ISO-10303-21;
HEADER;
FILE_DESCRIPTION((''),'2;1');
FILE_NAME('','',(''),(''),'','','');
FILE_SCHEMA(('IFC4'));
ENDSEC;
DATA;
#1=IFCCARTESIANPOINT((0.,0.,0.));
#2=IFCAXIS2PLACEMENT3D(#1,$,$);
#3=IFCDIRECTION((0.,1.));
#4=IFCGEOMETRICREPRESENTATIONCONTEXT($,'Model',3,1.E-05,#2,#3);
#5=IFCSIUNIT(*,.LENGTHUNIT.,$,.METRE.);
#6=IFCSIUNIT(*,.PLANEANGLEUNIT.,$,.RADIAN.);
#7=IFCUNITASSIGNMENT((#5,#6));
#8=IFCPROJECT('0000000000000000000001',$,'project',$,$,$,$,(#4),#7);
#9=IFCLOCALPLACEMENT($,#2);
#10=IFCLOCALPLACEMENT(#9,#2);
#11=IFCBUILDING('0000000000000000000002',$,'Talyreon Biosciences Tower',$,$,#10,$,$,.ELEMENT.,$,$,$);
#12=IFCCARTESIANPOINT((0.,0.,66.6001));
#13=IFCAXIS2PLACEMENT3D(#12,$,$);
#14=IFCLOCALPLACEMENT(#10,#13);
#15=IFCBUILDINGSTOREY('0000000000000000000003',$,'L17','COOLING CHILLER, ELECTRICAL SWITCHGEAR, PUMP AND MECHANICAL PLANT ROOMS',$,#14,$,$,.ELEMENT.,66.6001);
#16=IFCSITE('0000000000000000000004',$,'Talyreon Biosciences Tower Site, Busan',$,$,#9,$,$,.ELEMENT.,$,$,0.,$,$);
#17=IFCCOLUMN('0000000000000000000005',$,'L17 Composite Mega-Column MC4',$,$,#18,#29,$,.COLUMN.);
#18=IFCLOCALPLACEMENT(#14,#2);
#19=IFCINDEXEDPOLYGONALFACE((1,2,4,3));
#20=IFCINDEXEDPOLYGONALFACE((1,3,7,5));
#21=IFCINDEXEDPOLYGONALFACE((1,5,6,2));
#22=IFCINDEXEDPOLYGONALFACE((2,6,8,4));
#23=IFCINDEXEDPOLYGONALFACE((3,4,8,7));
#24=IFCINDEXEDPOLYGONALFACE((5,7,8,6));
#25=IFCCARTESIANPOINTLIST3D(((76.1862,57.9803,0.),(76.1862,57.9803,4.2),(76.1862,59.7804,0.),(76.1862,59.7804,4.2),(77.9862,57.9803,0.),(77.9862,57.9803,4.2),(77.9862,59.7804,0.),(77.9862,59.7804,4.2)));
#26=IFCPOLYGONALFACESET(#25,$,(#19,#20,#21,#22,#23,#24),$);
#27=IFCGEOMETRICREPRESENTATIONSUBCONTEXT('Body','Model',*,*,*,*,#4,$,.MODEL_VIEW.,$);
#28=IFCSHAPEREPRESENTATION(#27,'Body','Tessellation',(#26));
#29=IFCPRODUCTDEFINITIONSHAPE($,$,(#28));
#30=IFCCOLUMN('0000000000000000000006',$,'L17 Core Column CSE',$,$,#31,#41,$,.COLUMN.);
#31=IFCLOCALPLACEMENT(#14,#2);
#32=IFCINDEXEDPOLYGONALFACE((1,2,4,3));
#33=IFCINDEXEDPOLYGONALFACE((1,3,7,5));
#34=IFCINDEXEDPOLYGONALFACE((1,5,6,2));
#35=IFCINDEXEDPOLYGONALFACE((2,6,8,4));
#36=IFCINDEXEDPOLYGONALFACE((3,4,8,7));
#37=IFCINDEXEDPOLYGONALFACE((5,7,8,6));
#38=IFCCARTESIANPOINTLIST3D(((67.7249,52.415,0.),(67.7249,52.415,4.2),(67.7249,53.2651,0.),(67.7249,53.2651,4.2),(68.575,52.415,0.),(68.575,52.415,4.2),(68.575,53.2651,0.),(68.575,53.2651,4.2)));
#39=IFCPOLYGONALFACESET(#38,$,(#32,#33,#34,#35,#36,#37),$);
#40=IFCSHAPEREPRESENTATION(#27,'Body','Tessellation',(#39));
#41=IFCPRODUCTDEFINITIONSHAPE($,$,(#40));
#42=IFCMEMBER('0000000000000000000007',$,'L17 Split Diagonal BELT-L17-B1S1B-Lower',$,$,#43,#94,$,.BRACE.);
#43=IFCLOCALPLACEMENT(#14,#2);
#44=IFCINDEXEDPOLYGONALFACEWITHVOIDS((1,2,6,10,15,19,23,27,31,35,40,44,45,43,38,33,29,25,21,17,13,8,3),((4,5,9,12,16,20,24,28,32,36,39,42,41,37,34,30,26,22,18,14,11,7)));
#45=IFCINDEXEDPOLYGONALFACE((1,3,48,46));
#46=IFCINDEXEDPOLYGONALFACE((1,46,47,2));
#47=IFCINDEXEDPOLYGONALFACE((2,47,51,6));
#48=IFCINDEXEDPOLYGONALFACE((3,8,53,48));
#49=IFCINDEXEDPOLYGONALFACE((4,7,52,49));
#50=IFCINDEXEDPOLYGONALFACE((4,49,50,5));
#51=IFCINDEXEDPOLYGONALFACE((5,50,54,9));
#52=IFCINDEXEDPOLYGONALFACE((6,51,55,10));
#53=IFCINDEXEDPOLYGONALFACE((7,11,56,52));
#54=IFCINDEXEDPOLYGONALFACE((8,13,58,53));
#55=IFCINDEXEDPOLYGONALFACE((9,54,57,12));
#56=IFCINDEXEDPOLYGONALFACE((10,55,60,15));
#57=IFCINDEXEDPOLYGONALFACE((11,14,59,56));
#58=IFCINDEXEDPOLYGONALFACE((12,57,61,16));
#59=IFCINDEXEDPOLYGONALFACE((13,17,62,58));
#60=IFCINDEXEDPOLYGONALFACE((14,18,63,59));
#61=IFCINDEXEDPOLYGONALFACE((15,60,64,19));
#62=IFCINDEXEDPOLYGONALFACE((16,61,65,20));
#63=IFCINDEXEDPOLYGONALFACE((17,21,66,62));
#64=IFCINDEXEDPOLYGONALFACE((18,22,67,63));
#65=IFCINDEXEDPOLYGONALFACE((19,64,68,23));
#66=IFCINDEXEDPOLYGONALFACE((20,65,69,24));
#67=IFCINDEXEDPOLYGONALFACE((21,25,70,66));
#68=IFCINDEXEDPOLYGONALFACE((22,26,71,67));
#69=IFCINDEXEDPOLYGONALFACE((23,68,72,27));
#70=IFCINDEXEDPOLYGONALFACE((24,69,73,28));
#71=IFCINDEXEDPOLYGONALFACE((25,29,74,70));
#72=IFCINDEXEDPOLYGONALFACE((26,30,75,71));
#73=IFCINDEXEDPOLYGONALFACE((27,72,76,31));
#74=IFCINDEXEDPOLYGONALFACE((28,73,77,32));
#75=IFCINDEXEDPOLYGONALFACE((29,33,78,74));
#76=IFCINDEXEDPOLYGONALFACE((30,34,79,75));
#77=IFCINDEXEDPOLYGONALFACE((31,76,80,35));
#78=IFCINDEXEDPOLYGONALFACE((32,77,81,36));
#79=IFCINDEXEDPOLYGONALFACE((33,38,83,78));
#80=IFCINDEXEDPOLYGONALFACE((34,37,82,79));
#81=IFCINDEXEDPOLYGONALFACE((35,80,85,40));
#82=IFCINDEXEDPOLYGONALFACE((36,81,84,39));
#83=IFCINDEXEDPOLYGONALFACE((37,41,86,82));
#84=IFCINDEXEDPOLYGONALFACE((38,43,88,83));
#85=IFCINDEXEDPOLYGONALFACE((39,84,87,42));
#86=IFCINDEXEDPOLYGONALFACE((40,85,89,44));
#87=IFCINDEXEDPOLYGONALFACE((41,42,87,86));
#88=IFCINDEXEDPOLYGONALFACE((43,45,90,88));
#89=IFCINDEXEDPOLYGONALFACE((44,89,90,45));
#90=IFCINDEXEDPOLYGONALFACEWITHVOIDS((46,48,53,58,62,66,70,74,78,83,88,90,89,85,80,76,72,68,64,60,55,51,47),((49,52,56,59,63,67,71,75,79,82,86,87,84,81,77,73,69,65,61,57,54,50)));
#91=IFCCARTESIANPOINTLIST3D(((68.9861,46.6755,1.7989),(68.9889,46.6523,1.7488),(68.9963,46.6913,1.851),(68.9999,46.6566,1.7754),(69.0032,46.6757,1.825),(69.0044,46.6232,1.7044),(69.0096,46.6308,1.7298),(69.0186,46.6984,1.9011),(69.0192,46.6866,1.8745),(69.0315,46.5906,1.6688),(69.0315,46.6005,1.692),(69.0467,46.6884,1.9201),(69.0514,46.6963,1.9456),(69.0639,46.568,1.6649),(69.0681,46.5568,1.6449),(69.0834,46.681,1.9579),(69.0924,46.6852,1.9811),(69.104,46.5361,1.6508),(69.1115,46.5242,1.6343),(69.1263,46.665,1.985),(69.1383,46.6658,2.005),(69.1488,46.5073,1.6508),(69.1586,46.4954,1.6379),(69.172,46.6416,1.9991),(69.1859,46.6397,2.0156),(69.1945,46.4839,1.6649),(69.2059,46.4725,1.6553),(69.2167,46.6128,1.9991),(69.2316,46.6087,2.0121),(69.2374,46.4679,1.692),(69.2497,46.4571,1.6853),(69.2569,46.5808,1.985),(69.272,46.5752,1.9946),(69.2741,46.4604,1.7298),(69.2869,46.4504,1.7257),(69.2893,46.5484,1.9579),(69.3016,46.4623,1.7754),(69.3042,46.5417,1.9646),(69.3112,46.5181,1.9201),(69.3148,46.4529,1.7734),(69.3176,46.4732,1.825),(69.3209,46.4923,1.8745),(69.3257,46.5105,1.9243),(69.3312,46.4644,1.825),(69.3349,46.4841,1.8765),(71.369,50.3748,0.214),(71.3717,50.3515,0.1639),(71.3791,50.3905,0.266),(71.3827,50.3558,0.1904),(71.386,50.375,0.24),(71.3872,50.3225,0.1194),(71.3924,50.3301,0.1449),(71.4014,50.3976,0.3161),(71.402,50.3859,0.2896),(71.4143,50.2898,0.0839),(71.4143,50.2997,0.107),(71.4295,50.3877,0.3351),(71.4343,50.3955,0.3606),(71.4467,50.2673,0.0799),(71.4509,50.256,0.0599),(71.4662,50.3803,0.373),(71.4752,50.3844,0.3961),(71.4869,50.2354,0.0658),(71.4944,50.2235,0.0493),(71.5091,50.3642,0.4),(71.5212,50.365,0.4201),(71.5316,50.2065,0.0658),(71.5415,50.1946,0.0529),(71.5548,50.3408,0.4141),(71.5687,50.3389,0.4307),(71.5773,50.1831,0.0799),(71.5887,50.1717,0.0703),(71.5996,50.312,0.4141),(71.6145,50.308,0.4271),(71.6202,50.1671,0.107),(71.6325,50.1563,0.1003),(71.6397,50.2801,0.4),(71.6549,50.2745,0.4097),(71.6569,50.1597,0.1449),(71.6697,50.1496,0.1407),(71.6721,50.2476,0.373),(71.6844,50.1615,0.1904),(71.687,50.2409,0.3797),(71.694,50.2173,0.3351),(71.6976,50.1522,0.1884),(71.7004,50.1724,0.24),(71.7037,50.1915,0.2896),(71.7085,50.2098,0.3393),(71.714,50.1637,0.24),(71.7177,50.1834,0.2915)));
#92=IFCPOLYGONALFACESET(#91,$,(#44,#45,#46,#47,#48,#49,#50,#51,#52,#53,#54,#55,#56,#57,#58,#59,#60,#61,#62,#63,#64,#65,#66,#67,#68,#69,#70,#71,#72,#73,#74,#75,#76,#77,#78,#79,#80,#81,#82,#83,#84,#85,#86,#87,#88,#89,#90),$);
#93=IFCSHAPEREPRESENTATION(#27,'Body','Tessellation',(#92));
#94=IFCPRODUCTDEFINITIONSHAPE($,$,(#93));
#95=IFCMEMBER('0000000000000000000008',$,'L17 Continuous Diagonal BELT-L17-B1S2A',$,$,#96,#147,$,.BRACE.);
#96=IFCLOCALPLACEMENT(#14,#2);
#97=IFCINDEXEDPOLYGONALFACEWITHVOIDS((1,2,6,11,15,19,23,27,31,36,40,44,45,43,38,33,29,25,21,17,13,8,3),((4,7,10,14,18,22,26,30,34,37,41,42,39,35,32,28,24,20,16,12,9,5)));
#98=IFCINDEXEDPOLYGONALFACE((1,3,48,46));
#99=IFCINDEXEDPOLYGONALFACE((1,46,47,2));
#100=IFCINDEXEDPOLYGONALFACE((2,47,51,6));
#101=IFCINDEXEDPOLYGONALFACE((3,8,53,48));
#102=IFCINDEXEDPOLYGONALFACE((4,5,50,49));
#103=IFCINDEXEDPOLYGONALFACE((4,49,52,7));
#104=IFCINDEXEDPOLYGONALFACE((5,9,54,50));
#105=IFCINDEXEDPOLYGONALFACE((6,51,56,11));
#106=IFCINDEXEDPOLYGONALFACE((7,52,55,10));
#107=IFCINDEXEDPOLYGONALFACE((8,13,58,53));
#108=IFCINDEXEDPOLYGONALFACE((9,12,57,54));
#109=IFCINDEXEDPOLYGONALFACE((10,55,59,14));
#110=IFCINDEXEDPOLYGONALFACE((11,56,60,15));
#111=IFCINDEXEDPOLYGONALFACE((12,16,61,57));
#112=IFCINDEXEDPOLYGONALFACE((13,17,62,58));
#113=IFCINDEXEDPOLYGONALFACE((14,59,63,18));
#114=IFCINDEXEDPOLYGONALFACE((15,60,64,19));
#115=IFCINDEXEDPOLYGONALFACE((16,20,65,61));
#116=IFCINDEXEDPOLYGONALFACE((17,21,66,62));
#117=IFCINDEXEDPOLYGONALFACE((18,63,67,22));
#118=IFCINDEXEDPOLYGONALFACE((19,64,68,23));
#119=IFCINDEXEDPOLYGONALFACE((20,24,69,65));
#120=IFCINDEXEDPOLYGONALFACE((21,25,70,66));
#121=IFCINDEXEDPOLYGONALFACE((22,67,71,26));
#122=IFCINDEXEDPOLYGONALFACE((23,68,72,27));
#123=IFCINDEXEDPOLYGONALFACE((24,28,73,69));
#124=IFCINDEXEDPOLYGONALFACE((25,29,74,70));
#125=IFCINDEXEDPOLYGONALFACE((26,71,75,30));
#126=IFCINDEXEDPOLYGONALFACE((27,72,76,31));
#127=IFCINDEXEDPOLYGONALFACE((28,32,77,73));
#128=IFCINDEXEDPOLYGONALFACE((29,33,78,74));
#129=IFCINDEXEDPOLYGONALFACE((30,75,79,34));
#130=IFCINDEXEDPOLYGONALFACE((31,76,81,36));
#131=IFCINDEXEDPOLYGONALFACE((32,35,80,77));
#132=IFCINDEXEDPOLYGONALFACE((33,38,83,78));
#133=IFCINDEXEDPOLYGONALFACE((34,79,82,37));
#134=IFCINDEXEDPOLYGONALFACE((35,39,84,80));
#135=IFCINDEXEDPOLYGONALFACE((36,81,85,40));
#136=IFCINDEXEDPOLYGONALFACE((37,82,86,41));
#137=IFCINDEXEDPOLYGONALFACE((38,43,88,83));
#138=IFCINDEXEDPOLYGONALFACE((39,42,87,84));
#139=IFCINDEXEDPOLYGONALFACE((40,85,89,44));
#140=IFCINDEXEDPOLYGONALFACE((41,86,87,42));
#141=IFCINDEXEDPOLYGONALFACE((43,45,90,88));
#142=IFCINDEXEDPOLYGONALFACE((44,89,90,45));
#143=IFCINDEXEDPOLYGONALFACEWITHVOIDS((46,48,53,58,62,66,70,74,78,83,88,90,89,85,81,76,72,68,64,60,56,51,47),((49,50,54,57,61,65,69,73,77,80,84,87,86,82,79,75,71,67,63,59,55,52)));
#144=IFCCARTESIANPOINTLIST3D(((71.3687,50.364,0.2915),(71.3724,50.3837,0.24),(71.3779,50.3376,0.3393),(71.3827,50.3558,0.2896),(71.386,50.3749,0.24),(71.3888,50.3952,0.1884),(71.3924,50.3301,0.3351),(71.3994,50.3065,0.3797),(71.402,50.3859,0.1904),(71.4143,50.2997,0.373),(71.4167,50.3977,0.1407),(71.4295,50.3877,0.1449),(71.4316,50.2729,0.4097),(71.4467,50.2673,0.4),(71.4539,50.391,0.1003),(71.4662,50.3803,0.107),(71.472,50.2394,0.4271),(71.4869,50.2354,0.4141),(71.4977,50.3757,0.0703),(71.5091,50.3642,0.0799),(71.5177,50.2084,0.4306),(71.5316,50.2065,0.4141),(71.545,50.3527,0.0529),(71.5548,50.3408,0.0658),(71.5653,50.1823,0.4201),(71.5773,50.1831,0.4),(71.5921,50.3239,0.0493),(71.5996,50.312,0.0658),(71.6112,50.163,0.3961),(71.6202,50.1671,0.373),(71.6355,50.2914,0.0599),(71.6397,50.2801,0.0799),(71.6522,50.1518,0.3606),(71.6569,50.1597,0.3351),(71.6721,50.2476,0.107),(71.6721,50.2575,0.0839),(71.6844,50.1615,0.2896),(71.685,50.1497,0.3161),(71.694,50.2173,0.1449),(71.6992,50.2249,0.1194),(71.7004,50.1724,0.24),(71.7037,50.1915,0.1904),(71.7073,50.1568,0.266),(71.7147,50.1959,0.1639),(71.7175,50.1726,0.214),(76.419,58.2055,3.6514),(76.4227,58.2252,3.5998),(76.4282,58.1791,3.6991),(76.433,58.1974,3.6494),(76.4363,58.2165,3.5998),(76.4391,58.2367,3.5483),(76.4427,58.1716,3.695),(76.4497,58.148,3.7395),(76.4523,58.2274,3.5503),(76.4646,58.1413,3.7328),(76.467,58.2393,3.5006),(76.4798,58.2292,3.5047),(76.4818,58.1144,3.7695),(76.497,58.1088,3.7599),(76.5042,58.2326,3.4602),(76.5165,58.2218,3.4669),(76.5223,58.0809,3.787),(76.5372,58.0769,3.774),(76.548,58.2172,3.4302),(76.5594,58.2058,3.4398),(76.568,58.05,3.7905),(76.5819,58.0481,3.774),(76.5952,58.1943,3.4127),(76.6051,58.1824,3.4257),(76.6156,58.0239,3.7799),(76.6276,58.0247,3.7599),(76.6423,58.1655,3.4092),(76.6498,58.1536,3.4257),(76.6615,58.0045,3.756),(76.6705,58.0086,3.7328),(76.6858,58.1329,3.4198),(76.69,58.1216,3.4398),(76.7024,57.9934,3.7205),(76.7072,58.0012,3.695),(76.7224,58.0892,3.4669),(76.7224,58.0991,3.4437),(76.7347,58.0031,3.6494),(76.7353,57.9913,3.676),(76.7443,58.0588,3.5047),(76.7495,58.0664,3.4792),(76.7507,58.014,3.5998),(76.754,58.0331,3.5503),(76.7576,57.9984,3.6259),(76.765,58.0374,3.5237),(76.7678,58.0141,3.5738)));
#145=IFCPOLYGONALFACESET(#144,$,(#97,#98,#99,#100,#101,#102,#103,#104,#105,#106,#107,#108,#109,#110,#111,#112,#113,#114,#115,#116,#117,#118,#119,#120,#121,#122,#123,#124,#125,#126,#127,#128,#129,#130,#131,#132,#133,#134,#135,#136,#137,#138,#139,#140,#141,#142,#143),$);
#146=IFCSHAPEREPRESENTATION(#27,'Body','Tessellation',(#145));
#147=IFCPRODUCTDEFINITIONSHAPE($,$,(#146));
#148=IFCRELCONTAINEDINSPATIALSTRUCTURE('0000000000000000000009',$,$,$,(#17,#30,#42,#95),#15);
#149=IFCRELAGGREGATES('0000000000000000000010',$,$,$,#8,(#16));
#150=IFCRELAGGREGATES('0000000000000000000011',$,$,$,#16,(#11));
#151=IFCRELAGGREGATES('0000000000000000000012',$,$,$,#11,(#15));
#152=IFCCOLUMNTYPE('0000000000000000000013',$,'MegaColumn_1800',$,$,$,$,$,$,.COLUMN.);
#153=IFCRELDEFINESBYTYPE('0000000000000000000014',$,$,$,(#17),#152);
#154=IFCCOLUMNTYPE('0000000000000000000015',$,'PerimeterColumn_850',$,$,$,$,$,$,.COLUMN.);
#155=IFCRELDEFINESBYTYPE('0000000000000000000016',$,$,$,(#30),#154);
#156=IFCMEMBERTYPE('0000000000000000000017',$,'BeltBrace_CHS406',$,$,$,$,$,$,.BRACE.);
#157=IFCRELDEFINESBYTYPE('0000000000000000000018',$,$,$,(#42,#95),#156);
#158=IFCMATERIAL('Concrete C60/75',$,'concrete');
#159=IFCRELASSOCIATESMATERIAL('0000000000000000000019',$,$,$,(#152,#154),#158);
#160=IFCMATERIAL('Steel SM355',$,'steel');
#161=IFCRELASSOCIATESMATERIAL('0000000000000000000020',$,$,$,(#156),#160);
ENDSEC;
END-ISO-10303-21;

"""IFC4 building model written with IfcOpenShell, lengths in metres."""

from ifc_helpers import new_model, si_unit, direction, frame, origin, origin_2d, place, context, subcontext, project, spatial, rectangle, hollow_circle, extrude, material, material_profile, profile_set, type_object, element, save


model = new_model("IFC4")

# Units and contexts
model_context = context("Model", 3, precision=1e-05, world=origin(), true_north=direction((0.0, 1.0)))
body_context = subcontext(model_context, "Body", "Model", "MODEL_VIEW")
ifc_project = project(units=[si_unit("LENGTHUNIT", "METRE"), si_unit("PLANEANGLEUNIT", "RADIAN")], contexts=[model_context])

# Site, building, storey
site_placement = place(None, origin())
site = spatial("IfcSite", under=ifc_project, at=site_placement, Name="Talyreon Biosciences Tower Site, Busan", CompositionType="ELEMENT", RefElevation=0.0)
building_placement = place(site_placement, origin())
building = spatial("IfcBuilding", under=site, at=building_placement, Name="Talyreon Biosciences Tower", CompositionType="ELEMENT")
storey_placement = place(building_placement, frame((0.0, 0.0, 66.6001)))
storey = spatial("IfcBuildingStorey", under=building, at=storey_placement, Name="L17", Description="COOLING CHILLER, ELECTRICAL SWITCHGEAR, PUMP AND MECHANICAL PLANT ROOMS", CompositionType="ELEMENT", Elevation=66.6001)

# Columns
ifc_material_1 = material(Name="Concrete C60/75", Category="concrete")
ifc_material_profile_1 = material_profile(ifc_material_1, rectangle(XDim=1.8, YDim=1.8, at=origin_2d()), Name="RC 1800x1800")
ifc_profile_set_1 = profile_set([ifc_material_profile_1], Name="Concrete C60/75")
column_type_1 = type_object("IfcColumnType", Name="MegaColumn_1800", PredefinedType="COLUMN", material=ifc_profile_set_1)
column_1_placement = place(storey_placement, frame((77.0862, 58.8804, 0.0), z_axis=(0.0, 0.0, 1.0), x_axis=(1.0, 0.0, 0.0)))
element("IfcColumn", 1, at=column_1_placement, inside=storey, type_object=column_type_1, Name="L17 Composite Mega-Column MC4", PredefinedType="COLUMN", context=body_context, shape_type="SweptSolid", body=[
    extrude(rectangle(XDim=1.8, YDim=1.8, at=origin_2d()), origin(), (0.0, 0.0, 1.0), 4.2),
])
ifc_material_profile_2 = material_profile(ifc_material_1, rectangle(XDim=0.8501, YDim=0.8501, at=origin_2d()), Name="RC 850x850")
ifc_profile_set_2 = profile_set([ifc_material_profile_2], Name="Concrete C60/75")
column_type_2 = type_object("IfcColumnType", Name="PerimeterColumn_850", PredefinedType="COLUMN", material=ifc_profile_set_2)
column_2_placement = place(storey_placement, frame((68.1499, 52.8401, 0.0), z_axis=(0.0, 0.0, 1.0), x_axis=(1.0, 0.0, 0.0)))
element("IfcColumn", 2, at=column_2_placement, inside=storey, type_object=column_type_2, Name="L17 Core Column CSE", PredefinedType="COLUMN", context=body_context, shape_type="SweptSolid", body=[
    extrude(rectangle(XDim=0.8501, YDim=0.8501, at=origin_2d()), origin(), (0.0, 0.0, 1.0), 4.2),
])

# Members
ifc_material_2 = material(Name="Steel SM355", Category="steel")
ifc_material_profile_3 = material_profile(ifc_material_2, hollow_circle(Radius=0.2031, WallThickness=0.0161, at=origin_2d()), Name="CHS 406.4x16")
ifc_profile_set_3 = profile_set([ifc_material_profile_3], Name="Steel SM355")
member_type_1 = type_object("IfcMemberType", Name="BeltBrace_CHS406", PredefinedType="BRACE", material=ifc_profile_set_3)
member_1_placement = place(storey_placement, frame((71.5432, 50.2737, 0.24), z_axis=(-0.509477, -0.790942, 0.338886), x_axis=(0.840688, -0.54152, 0.0)))
element("IfcMember", 3, at=member_1_placement, inside=storey, type_object=member_type_1, Name="L17 Split Diagonal BELT-L17-B1S1B-Lower", PredefinedType="BRACE", context=body_context, shape_type="SweptSolid", body=[
    extrude(hollow_circle(Radius=0.2031, WallThickness=0.0161, at=origin_2d()), origin(), (0.0, 0.0, 1.0), 4.677),
])
member_2_placement = place(storey_placement, frame((71.5432, 50.2737, 0.24), z_axis=(0.509419, 0.790971, 0.338907), x_axis=(-0.840725, 0.541463, 0.0)))
element("IfcMember", 4, at=member_2_placement, inside=storey, type_object=member_type_1, Name="L17 Continuous Diagonal BELT-L17-B1S2A", PredefinedType="BRACE", context=body_context, shape_type="SweptSolid", body=[
    extrude(hollow_circle(Radius=0.2031, WallThickness=0.0161, at=origin_2d()), origin(), (0.0, 0.0, 1.0), 9.9138),
])

save(model, "model.ifc")
